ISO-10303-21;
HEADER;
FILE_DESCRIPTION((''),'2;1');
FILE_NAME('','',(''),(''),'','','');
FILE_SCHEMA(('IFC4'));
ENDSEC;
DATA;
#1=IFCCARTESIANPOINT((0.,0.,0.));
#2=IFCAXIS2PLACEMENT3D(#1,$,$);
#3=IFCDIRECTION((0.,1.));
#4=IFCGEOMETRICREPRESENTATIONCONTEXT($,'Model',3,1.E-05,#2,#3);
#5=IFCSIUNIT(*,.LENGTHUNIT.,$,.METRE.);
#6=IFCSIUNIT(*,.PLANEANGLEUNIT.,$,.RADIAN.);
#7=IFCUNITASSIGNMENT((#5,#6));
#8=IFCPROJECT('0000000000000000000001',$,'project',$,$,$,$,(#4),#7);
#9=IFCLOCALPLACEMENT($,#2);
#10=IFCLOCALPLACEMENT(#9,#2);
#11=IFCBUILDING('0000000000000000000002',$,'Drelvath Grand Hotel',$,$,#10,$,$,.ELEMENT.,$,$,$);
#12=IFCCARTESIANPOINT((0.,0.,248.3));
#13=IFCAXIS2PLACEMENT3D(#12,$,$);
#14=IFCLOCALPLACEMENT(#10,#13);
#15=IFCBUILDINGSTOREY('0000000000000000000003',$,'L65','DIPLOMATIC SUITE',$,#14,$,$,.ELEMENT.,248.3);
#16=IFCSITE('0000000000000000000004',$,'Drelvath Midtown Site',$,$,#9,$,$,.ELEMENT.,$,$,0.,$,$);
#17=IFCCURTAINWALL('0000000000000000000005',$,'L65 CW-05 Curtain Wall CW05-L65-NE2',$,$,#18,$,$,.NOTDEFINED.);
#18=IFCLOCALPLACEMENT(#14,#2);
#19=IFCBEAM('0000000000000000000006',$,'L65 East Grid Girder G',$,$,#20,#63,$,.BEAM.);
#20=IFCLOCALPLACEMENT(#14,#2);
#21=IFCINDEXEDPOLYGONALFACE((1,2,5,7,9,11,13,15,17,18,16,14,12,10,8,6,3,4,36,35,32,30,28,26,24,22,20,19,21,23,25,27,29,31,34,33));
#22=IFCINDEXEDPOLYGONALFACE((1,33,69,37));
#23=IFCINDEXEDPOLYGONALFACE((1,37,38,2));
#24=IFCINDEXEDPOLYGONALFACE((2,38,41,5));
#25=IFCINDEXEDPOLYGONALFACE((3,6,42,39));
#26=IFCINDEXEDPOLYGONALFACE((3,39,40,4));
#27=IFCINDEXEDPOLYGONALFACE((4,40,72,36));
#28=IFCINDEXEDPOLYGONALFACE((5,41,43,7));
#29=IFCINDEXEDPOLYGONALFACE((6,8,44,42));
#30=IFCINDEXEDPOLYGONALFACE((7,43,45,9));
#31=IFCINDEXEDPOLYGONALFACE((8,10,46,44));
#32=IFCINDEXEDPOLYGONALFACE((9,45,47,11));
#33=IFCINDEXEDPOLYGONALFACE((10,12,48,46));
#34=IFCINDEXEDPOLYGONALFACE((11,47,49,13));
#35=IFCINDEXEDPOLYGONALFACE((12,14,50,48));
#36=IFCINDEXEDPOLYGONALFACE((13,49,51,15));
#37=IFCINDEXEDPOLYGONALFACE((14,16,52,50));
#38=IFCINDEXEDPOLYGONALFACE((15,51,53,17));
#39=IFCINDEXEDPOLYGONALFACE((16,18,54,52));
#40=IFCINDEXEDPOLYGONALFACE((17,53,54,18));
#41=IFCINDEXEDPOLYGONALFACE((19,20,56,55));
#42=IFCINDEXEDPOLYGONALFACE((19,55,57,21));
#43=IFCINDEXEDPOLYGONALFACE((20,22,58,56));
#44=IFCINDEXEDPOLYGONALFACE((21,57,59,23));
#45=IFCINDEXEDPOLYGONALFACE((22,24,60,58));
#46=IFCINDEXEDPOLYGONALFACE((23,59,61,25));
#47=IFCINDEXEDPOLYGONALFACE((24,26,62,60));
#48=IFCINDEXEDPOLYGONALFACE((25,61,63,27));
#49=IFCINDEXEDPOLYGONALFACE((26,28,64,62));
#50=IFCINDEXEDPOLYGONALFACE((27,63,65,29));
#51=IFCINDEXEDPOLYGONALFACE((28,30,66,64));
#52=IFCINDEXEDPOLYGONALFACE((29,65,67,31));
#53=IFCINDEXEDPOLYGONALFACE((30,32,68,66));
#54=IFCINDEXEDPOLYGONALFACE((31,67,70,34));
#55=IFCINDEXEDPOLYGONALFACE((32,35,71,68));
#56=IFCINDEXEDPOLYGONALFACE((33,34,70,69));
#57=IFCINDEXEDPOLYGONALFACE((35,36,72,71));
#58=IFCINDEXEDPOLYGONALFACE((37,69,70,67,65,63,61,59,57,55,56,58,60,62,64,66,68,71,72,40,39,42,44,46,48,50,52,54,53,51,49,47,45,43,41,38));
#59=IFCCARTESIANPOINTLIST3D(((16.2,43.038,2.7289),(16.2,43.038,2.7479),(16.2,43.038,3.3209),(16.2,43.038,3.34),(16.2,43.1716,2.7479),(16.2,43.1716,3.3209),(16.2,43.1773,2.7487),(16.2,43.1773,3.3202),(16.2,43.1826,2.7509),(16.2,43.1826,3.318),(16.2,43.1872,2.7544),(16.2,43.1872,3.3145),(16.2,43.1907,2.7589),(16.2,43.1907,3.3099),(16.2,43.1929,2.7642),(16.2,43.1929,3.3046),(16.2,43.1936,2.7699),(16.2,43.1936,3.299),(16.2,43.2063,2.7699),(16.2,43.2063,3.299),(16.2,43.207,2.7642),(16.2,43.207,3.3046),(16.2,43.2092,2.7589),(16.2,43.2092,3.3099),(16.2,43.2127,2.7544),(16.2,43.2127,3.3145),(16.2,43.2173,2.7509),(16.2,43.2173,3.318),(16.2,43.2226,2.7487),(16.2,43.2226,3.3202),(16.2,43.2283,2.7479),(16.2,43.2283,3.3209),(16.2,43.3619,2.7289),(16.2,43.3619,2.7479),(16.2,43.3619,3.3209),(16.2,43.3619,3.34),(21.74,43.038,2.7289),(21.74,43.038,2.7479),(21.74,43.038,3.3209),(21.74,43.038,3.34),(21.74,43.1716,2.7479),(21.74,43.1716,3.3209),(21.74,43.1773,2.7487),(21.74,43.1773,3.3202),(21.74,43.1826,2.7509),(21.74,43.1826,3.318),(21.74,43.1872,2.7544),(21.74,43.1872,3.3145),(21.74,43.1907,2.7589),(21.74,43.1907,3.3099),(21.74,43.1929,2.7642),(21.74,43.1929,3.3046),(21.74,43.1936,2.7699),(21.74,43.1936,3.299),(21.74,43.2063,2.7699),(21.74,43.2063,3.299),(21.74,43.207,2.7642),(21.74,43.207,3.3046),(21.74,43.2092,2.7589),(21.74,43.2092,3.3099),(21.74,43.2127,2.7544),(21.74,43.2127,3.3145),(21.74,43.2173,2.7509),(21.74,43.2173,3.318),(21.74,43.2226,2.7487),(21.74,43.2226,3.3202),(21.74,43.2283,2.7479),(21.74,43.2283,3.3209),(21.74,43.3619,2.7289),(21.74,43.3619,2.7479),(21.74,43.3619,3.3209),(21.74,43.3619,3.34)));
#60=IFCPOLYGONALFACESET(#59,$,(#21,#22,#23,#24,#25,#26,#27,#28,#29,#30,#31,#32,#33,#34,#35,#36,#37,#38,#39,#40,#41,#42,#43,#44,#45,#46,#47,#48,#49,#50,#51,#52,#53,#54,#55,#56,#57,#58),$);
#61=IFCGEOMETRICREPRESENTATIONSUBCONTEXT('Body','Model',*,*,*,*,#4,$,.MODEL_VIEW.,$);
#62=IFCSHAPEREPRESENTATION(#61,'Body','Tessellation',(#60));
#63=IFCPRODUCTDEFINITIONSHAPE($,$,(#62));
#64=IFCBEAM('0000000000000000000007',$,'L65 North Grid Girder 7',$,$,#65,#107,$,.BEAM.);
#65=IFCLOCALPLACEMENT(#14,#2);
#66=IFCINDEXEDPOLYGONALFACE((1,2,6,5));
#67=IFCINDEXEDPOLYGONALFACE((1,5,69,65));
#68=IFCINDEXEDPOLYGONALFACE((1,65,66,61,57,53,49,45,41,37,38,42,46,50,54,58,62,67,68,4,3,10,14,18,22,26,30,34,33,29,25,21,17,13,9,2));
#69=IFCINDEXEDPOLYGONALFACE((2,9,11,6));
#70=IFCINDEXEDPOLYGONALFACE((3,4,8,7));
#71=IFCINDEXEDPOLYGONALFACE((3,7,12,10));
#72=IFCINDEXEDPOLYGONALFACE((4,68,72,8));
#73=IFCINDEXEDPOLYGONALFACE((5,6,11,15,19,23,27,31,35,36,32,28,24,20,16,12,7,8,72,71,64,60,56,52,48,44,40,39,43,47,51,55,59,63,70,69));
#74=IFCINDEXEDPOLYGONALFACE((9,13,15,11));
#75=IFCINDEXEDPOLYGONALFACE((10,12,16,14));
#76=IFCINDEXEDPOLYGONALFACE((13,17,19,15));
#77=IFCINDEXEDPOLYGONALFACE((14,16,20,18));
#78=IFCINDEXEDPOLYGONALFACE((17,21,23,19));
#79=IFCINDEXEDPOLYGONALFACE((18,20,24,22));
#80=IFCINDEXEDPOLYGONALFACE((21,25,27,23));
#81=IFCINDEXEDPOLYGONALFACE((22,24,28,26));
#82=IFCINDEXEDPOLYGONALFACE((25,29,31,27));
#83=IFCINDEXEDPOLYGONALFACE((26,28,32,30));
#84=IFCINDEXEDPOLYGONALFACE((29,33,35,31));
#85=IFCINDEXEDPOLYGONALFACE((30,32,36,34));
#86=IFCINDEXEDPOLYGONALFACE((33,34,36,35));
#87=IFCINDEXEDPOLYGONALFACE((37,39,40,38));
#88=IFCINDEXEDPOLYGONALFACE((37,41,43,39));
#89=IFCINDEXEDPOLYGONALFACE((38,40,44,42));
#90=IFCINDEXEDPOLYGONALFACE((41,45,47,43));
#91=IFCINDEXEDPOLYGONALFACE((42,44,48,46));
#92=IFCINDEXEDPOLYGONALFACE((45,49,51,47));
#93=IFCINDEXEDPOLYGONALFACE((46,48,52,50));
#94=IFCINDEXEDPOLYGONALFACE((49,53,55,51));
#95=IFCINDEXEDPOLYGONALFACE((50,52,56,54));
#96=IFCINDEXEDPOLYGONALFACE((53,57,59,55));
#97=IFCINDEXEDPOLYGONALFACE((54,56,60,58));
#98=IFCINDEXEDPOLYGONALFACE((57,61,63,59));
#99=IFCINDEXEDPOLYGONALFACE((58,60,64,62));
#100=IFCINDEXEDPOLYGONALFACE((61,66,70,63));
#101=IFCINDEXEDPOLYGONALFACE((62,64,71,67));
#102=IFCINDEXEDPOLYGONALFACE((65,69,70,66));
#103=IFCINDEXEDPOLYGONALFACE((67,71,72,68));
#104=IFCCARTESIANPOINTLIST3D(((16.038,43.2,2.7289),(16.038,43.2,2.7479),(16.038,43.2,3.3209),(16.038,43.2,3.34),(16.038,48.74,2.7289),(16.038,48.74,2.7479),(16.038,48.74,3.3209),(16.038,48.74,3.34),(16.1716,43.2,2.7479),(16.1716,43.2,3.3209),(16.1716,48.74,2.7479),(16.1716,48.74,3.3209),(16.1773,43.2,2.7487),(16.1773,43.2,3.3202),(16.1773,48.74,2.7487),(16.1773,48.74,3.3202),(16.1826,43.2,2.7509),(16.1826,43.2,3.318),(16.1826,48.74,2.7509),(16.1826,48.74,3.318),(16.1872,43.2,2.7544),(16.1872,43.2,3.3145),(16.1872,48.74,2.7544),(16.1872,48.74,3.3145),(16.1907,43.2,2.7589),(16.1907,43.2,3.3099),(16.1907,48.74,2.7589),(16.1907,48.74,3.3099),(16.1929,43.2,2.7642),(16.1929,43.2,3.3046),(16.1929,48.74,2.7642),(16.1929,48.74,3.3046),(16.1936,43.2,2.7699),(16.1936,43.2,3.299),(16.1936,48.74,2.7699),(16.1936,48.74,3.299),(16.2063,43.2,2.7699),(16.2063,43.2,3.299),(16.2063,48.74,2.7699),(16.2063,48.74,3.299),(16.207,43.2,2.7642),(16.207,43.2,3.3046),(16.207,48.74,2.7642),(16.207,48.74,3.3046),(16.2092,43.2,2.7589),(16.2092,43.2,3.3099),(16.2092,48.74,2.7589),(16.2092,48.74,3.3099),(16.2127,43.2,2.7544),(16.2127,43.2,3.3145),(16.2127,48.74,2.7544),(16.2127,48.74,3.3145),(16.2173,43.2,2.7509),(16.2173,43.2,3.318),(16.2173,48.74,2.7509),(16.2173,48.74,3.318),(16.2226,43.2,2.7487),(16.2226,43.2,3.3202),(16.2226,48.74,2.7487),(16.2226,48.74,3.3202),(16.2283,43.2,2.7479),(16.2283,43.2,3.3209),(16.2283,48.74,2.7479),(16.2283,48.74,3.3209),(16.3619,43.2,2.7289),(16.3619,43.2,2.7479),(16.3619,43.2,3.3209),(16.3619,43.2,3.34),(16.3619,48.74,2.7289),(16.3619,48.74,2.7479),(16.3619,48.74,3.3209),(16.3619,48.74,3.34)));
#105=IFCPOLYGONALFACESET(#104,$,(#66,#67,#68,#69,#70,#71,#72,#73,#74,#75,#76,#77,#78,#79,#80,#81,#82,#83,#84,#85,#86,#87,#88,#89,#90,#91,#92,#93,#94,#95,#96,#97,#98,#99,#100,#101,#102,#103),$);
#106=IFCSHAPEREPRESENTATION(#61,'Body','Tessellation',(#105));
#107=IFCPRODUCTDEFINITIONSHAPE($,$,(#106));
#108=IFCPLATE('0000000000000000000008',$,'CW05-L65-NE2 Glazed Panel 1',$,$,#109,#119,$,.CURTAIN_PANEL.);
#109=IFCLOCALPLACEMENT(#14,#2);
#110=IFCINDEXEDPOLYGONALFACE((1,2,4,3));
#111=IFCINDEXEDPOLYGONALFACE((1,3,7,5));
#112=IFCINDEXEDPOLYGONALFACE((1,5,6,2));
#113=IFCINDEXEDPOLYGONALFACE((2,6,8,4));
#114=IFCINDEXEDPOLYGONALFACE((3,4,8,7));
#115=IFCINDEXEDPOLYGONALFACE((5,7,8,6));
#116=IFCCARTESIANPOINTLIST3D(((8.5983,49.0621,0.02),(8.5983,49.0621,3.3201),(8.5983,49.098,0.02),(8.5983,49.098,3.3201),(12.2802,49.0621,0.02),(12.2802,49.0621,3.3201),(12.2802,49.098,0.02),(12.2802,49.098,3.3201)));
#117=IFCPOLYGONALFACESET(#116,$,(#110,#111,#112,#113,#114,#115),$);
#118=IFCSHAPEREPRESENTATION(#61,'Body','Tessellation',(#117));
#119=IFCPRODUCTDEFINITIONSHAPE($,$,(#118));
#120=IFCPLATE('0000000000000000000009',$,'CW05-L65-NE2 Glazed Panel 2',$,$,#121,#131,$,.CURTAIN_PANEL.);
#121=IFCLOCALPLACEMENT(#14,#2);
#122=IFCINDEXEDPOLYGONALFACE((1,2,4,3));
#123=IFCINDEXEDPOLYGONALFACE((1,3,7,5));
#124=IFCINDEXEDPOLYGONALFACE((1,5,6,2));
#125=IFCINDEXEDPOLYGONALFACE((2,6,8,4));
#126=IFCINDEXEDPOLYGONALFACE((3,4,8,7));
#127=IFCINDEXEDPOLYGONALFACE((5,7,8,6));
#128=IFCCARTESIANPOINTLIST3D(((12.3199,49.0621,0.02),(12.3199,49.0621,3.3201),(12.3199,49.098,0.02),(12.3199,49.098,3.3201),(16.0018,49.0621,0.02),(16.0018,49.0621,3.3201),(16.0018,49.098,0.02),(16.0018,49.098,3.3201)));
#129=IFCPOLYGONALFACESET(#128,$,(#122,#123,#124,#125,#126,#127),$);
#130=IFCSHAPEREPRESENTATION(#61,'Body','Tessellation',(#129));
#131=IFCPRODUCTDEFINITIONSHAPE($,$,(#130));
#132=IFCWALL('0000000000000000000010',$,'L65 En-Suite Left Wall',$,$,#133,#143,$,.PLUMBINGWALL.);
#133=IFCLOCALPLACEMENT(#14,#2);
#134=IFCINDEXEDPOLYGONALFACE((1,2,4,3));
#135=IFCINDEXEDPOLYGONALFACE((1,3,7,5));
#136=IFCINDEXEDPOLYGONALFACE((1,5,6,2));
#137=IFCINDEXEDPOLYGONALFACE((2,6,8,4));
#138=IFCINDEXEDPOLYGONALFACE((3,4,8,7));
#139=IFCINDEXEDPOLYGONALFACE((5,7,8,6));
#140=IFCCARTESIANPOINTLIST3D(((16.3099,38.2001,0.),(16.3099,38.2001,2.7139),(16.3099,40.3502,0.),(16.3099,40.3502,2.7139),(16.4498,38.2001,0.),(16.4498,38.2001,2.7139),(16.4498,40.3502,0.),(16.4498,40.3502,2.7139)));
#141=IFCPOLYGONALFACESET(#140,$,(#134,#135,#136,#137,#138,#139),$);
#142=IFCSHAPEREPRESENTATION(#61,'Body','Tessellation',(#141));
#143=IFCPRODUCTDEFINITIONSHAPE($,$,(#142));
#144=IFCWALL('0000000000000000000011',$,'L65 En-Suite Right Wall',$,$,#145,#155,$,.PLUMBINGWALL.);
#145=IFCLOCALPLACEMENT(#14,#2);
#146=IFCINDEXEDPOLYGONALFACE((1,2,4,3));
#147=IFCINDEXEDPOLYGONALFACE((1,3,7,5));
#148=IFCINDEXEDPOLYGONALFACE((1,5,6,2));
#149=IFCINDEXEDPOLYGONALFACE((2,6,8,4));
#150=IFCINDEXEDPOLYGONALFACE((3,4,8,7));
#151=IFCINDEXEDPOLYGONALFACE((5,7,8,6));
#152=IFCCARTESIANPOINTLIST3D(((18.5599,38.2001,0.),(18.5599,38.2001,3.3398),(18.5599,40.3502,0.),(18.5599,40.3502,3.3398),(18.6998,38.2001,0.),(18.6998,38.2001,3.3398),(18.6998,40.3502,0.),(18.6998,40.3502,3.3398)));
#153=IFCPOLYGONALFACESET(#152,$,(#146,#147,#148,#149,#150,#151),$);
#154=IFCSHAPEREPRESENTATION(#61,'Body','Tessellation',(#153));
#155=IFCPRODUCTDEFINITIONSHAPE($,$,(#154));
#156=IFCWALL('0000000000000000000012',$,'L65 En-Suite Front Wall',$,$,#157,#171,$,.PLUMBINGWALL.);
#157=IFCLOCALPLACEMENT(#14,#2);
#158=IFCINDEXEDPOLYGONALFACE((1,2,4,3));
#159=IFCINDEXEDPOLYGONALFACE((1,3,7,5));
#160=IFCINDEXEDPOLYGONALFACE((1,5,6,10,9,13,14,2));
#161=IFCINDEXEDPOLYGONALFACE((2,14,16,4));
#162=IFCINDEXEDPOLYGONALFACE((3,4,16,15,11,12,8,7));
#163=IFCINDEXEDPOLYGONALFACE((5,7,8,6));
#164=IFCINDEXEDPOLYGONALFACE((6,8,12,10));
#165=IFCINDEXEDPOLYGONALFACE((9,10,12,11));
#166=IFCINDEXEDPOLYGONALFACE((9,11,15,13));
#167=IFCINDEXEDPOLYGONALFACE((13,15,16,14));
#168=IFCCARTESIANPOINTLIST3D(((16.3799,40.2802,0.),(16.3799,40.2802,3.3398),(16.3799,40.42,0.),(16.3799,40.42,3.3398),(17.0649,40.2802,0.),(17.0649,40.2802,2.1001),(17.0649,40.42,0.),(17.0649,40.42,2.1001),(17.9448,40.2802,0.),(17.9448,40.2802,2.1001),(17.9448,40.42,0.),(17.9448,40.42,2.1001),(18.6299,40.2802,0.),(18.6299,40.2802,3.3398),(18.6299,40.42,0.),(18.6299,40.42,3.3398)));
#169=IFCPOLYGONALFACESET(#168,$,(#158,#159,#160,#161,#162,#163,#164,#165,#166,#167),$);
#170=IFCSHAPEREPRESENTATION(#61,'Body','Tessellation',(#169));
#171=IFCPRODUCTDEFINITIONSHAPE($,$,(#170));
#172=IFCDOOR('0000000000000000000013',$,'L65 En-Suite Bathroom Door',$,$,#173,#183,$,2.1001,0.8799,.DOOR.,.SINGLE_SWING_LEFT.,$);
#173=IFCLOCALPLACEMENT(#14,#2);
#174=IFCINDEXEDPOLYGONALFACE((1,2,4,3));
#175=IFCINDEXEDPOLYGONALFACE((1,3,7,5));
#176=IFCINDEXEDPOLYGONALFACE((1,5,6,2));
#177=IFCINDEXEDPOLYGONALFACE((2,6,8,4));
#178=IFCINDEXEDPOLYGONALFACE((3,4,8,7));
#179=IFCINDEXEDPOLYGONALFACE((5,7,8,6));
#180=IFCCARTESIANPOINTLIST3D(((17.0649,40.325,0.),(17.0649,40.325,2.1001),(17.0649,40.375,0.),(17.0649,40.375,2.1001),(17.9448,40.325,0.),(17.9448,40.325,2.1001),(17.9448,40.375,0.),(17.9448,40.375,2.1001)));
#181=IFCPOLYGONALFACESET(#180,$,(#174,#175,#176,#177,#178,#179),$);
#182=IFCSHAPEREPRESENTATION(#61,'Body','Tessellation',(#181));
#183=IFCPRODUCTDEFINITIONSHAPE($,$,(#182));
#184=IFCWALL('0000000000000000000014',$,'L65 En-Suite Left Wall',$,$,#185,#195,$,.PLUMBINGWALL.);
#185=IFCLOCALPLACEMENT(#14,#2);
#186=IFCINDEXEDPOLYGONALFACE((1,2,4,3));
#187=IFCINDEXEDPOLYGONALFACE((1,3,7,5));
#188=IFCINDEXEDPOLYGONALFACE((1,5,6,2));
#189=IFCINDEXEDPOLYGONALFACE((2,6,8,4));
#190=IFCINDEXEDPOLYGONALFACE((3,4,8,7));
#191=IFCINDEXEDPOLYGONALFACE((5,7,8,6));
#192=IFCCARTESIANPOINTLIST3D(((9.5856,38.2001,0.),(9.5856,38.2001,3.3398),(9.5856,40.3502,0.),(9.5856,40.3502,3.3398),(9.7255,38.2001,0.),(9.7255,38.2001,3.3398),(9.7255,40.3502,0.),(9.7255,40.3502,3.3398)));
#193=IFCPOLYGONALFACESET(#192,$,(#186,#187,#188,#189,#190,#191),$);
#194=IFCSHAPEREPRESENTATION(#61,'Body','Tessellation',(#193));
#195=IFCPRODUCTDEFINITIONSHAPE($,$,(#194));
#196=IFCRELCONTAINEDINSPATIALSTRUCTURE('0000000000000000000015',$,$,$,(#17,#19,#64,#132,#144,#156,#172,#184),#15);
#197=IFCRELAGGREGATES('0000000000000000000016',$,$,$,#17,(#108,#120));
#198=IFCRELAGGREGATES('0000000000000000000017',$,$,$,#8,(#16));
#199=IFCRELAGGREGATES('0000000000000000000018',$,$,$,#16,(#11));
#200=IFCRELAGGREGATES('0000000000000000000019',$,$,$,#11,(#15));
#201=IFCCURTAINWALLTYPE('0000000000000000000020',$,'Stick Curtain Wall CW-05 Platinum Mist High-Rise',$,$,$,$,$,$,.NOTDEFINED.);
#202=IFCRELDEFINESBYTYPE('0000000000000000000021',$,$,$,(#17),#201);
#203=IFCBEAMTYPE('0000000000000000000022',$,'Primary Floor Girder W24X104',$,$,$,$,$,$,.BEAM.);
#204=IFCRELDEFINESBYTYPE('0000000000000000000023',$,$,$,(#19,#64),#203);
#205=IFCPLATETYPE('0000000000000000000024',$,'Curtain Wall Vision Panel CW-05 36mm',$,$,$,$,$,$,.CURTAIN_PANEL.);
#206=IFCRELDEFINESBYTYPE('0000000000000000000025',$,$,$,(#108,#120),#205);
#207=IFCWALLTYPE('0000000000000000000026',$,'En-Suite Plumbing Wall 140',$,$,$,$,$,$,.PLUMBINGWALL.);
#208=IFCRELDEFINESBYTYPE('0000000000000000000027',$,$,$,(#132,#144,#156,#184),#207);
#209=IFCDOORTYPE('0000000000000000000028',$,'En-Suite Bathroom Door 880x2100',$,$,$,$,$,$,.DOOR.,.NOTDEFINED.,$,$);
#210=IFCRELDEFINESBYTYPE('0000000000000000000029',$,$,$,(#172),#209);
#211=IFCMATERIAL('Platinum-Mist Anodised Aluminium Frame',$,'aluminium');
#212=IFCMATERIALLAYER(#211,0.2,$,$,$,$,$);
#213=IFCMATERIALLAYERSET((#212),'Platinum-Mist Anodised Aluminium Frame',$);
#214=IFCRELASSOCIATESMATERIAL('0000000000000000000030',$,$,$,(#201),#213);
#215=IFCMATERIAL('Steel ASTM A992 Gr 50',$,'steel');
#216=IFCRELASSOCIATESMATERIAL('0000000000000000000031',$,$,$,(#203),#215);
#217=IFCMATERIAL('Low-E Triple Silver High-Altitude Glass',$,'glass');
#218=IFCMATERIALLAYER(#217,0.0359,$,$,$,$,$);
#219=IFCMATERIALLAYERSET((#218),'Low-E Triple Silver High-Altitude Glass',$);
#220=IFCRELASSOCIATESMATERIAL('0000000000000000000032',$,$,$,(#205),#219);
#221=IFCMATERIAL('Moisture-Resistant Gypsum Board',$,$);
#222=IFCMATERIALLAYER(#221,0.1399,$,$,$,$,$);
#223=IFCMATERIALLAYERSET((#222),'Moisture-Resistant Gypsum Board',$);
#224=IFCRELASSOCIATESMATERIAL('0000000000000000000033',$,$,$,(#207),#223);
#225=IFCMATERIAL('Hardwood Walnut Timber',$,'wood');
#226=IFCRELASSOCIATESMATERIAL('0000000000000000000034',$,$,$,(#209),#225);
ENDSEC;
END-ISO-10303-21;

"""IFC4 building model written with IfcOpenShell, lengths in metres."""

from ifc_helpers import new_model, si_unit, direction, frame, frame_2d, origin, origin_2d, place, context, subcontext, project, spatial, rectangle, i_section, extrude, material, layer, layer_set, material_profile, profile_set, type_object, element, fill, aggregate, save


model = new_model("IFC4")

# Units and contexts
model_context = context("Model", 3, precision=1e-05, world=origin(), true_north=direction((0.0, 1.0)))
body_context = subcontext(model_context, "Body", "Model", "MODEL_VIEW")
ifc_project = project(units=[si_unit("LENGTHUNIT", "METRE"), si_unit("PLANEANGLEUNIT", "RADIAN")], contexts=[model_context])

# Site, building, storey
site_placement = place(None, origin())
site = spatial("IfcSite", under=ifc_project, at=site_placement, Name="Drelvath Midtown Site", CompositionType="ELEMENT", RefElevation=0.0)
building_placement = place(site_placement, origin())
building = spatial("IfcBuilding", under=site, at=building_placement, Name="Drelvath Grand Hotel", CompositionType="ELEMENT")
storey_placement = place(building_placement, frame((0.0, 0.0, 248.3)))
storey = spatial("IfcBuildingStorey", under=building, at=storey_placement, Name="L65", Description="DIPLOMATIC SUITE", CompositionType="ELEMENT", Elevation=248.3)

# Curtain wall
ifc_material_1 = material(Name="Platinum-Mist Anodised Aluminium Frame", Category="aluminium")
ifc_layer_1 = layer(ifc_material_1, 0.2)
ifc_layer_set_1 = layer_set([ifc_layer_1], Name="Platinum-Mist Anodised Aluminium Frame")
curtain_wall_type = type_object("IfcCurtainWallType", Name="Stick Curtain Wall CW-05 Platinum Mist High-Rise", PredefinedType="NOTDEFINED", material=ifc_layer_set_1)
curtain_wall_placement = place(storey_placement, origin())
curtain_wall = element("IfcCurtainWall", 1, at=curtain_wall_placement, inside=storey, type_object=curtain_wall_type, Name="L65 CW-05 Curtain Wall CW05-L65-NE2", PredefinedType="NOTDEFINED")

# Beams
ifc_material_2 = material(Name="Steel ASTM A992 Gr 50", Category="steel")
ifc_material_profile_1 = material_profile(ifc_material_2, i_section(OverallWidth=0.324, OverallDepth=0.6111, WebThickness=0.0127, FlangeThickness=0.019, FilletRadius=0.022, at=origin_2d()), Name="W24X104")
ifc_profile_set_1 = profile_set([ifc_material_profile_1], Name="Steel ASTM A992 Gr 50")
beam_type = type_object("IfcBeamType", Name="Primary Floor Girder W24X104", PredefinedType="BEAM", material=ifc_profile_set_1)
for number, where, z_axis, x_axis, name in (
    (2, (16.2, 43.2, 3.0344), (1.0, 0.0, 0.0), (0.0, 1.0, 0.0), "L65 East Grid Girder G"),
    (3, (16.2, 43.2, 3.0344), (0.0, 1.0, 0.0), (-1.0, 0.0, 0.0), "L65 North Grid Girder 7"),
):
    element("IfcBeam", number, at=place(storey_placement, frame(where, z_axis=z_axis, x_axis=x_axis)), inside=storey, type_object=beam_type, Name=name, PredefinedType="BEAM", context=body_context, shape_type="SweptSolid", body=[
        extrude(i_section(OverallWidth=0.324, OverallDepth=0.6111, WebThickness=0.0127, FlangeThickness=0.019, FilletRadius=0.022, at=origin_2d()), origin(), (0.0, 0.0, 1.0), 5.54),
    ])

# Plates
ifc_material_3 = material(Name="Low-E Triple Silver High-Altitude Glass", Category="glass")
ifc_layer_2 = layer(ifc_material_3, 0.0359)
ifc_layer_set_2 = layer_set([ifc_layer_2], Name="Low-E Triple Silver High-Altitude Glass")
plate_type = type_object("IfcPlateType", Name="Curtain Wall Vision Panel CW-05 36mm", PredefinedType="CURTAIN_PANEL", material=ifc_layer_set_2)
plate_1_placement = place(storey_placement, frame((10.4392, 49.0801, 0.02), z_axis=(0.0, 0.0, 1.0), x_axis=(1.0, 0.0, 0.0)))
plate_1 = element("IfcPlate", 4, at=plate_1_placement, type_object=plate_type, Name="CW05-L65-NE2 Glazed Panel 1", PredefinedType="CURTAIN_PANEL", context=body_context, shape_type="SweptSolid", body=[
    extrude(rectangle(XDim=3.6819, YDim=0.0359, at=origin_2d()), origin(), (0.0, 0.0, 1.0), 3.3),
])
plate_2_placement = place(storey_placement, frame((14.1609, 49.0801, 0.02), z_axis=(0.0, 0.0, 1.0), x_axis=(1.0, 0.0, 0.0)))
plate_2 = element("IfcPlate", 5, at=plate_2_placement, type_object=plate_type, Name="CW05-L65-NE2 Glazed Panel 2", PredefinedType="CURTAIN_PANEL", context=body_context, shape_type="SweptSolid", body=[
    extrude(rectangle(XDim=3.6819, YDim=0.0359, at=origin_2d()), origin(), (0.0, 0.0, 1.0), 3.3),
])
aggregate(curtain_wall, [plate_1, plate_2])

# Walls
ifc_material_4 = material(Name="Moisture-Resistant Gypsum Board")
ifc_layer_3 = layer(ifc_material_4, 0.1399)
ifc_layer_set_3 = layer_set([ifc_layer_3], Name="Moisture-Resistant Gypsum Board")
wall_type_1 = type_object("IfcWallType", Name="En-Suite Plumbing Wall 140", PredefinedType="PLUMBINGWALL", material=ifc_layer_set_3)
wall_1_placement = place(storey_placement, frame((16.3799, 38.2, 0.0), z_axis=(0.0, 0.0, 1.0), x_axis=(0.0, 1.0, 0.0)))
element("IfcWall", 6, at=wall_1_placement, inside=storey, type_object=wall_type_1, Name="L65 En-Suite Left Wall", PredefinedType="PLUMBINGWALL", context=body_context, shape_type="SweptSolid", body=[
    extrude(rectangle(XDim=2.1501, YDim=0.1399, at=frame_2d((1.0752, 0.0))), origin(), (0.0, 0.0, 1.0), 2.7139),
])
wall_2_placement = place(storey_placement, frame((18.6299, 38.2, 0.0), z_axis=(0.0, 0.0, 1.0), x_axis=(0.0, 1.0, 0.0)))
element("IfcWall", 7, at=wall_2_placement, inside=storey, type_object=wall_type_1, Name="L65 En-Suite Right Wall", PredefinedType="PLUMBINGWALL", context=body_context, shape_type="SweptSolid", body=[
    extrude(rectangle(XDim=2.1501, YDim=0.1399, at=frame_2d((1.0752, 0.0))), origin(), (0.0, 0.0, 1.0), 3.3398),
])

# Wall, opening, door
wall_3_placement = place(storey_placement, frame((16.3799, 40.3501, 0.0), z_axis=(0.0, 0.0, 1.0), x_axis=(1.0, 0.0, 0.0)))
wall_3 = element("IfcWall", 8, at=wall_3_placement, inside=storey, type_object=wall_type_1, Name="L65 En-Suite Front Wall", PredefinedType="PLUMBINGWALL", context=body_context, shape_type="SweptSolid", body=[
    extrude(rectangle(XDim=2.25, YDim=0.1399, at=frame_2d((1.125, 0.0))), origin(), (0.0, 0.0, 1.0), 3.3398),
])
opening_1_placement = place(wall_3_placement, frame((0.6851, 0.0, 0.0)))
opening_1 = element("IfcOpeningElement", 9, at=opening_1_placement, cuts=wall_3, PredefinedType="OPENING", context=body_context, shape_type="SweptSolid", body=[
    extrude(rectangle(XDim=0.8799, YDim=2.1001, at=frame_2d((0.4399, 1.05))), frame((0.0, 0.0798, 0.0), z_axis=(0.0, -1.0, 0.0), x_axis=(1.0, 0.0, 0.0)), (0.0, 0.0, 1.0), 0.1599),
])
ifc_material_5 = material(Name="Hardwood Walnut Timber", Category="wood")
door_type_1 = type_object("IfcDoorType", Name="En-Suite Bathroom Door 880x2100", OperationType="NOTDEFINED", PredefinedType="DOOR", material=ifc_material_5)
door_1_placement = place(opening_1_placement, origin())
door_1 = element("IfcDoor", 10, at=door_1_placement, inside=storey, type_object=door_type_1, Name="L65 En-Suite Bathroom Door", OperationType="SINGLE_SWING_LEFT", OverallHeight=2.1001, OverallWidth=0.8799, PredefinedType="DOOR", context=body_context, shape_type="SweptSolid", body=[
    extrude(rectangle(XDim=0.8799, YDim=2.1001, at=frame_2d((0.4399, 1.05))), frame((0.0, 0.0249, 0.0), z_axis=(0.0, -1.0, 0.0), x_axis=(1.0, 0.0, 0.0)), (0.0, 0.0, 1.0), 0.05),
])
fill(opening_1, door_1)

# Wall
for number, where, z_axis, x_axis, name in (
    (11, (9.6555, 38.2, 0.0), (0.0, 0.0, 1.0), (0.0, 1.0, 0.0), "L65 En-Suite Left Wall"),
):
    element("IfcWall", number, at=place(storey_placement, frame(where, z_axis=z_axis, x_axis=x_axis)), inside=storey, type_object=wall_type_1, Name=name, PredefinedType="PLUMBINGWALL", context=body_context, shape_type="SweptSolid", body=[
        extrude(rectangle(XDim=2.1501, YDim=0.1399, at=frame_2d((1.0752, 0.0))), origin(), (0.0, 0.0, 1.0), 3.3398),
    ])

save(model, "model.ifc")
